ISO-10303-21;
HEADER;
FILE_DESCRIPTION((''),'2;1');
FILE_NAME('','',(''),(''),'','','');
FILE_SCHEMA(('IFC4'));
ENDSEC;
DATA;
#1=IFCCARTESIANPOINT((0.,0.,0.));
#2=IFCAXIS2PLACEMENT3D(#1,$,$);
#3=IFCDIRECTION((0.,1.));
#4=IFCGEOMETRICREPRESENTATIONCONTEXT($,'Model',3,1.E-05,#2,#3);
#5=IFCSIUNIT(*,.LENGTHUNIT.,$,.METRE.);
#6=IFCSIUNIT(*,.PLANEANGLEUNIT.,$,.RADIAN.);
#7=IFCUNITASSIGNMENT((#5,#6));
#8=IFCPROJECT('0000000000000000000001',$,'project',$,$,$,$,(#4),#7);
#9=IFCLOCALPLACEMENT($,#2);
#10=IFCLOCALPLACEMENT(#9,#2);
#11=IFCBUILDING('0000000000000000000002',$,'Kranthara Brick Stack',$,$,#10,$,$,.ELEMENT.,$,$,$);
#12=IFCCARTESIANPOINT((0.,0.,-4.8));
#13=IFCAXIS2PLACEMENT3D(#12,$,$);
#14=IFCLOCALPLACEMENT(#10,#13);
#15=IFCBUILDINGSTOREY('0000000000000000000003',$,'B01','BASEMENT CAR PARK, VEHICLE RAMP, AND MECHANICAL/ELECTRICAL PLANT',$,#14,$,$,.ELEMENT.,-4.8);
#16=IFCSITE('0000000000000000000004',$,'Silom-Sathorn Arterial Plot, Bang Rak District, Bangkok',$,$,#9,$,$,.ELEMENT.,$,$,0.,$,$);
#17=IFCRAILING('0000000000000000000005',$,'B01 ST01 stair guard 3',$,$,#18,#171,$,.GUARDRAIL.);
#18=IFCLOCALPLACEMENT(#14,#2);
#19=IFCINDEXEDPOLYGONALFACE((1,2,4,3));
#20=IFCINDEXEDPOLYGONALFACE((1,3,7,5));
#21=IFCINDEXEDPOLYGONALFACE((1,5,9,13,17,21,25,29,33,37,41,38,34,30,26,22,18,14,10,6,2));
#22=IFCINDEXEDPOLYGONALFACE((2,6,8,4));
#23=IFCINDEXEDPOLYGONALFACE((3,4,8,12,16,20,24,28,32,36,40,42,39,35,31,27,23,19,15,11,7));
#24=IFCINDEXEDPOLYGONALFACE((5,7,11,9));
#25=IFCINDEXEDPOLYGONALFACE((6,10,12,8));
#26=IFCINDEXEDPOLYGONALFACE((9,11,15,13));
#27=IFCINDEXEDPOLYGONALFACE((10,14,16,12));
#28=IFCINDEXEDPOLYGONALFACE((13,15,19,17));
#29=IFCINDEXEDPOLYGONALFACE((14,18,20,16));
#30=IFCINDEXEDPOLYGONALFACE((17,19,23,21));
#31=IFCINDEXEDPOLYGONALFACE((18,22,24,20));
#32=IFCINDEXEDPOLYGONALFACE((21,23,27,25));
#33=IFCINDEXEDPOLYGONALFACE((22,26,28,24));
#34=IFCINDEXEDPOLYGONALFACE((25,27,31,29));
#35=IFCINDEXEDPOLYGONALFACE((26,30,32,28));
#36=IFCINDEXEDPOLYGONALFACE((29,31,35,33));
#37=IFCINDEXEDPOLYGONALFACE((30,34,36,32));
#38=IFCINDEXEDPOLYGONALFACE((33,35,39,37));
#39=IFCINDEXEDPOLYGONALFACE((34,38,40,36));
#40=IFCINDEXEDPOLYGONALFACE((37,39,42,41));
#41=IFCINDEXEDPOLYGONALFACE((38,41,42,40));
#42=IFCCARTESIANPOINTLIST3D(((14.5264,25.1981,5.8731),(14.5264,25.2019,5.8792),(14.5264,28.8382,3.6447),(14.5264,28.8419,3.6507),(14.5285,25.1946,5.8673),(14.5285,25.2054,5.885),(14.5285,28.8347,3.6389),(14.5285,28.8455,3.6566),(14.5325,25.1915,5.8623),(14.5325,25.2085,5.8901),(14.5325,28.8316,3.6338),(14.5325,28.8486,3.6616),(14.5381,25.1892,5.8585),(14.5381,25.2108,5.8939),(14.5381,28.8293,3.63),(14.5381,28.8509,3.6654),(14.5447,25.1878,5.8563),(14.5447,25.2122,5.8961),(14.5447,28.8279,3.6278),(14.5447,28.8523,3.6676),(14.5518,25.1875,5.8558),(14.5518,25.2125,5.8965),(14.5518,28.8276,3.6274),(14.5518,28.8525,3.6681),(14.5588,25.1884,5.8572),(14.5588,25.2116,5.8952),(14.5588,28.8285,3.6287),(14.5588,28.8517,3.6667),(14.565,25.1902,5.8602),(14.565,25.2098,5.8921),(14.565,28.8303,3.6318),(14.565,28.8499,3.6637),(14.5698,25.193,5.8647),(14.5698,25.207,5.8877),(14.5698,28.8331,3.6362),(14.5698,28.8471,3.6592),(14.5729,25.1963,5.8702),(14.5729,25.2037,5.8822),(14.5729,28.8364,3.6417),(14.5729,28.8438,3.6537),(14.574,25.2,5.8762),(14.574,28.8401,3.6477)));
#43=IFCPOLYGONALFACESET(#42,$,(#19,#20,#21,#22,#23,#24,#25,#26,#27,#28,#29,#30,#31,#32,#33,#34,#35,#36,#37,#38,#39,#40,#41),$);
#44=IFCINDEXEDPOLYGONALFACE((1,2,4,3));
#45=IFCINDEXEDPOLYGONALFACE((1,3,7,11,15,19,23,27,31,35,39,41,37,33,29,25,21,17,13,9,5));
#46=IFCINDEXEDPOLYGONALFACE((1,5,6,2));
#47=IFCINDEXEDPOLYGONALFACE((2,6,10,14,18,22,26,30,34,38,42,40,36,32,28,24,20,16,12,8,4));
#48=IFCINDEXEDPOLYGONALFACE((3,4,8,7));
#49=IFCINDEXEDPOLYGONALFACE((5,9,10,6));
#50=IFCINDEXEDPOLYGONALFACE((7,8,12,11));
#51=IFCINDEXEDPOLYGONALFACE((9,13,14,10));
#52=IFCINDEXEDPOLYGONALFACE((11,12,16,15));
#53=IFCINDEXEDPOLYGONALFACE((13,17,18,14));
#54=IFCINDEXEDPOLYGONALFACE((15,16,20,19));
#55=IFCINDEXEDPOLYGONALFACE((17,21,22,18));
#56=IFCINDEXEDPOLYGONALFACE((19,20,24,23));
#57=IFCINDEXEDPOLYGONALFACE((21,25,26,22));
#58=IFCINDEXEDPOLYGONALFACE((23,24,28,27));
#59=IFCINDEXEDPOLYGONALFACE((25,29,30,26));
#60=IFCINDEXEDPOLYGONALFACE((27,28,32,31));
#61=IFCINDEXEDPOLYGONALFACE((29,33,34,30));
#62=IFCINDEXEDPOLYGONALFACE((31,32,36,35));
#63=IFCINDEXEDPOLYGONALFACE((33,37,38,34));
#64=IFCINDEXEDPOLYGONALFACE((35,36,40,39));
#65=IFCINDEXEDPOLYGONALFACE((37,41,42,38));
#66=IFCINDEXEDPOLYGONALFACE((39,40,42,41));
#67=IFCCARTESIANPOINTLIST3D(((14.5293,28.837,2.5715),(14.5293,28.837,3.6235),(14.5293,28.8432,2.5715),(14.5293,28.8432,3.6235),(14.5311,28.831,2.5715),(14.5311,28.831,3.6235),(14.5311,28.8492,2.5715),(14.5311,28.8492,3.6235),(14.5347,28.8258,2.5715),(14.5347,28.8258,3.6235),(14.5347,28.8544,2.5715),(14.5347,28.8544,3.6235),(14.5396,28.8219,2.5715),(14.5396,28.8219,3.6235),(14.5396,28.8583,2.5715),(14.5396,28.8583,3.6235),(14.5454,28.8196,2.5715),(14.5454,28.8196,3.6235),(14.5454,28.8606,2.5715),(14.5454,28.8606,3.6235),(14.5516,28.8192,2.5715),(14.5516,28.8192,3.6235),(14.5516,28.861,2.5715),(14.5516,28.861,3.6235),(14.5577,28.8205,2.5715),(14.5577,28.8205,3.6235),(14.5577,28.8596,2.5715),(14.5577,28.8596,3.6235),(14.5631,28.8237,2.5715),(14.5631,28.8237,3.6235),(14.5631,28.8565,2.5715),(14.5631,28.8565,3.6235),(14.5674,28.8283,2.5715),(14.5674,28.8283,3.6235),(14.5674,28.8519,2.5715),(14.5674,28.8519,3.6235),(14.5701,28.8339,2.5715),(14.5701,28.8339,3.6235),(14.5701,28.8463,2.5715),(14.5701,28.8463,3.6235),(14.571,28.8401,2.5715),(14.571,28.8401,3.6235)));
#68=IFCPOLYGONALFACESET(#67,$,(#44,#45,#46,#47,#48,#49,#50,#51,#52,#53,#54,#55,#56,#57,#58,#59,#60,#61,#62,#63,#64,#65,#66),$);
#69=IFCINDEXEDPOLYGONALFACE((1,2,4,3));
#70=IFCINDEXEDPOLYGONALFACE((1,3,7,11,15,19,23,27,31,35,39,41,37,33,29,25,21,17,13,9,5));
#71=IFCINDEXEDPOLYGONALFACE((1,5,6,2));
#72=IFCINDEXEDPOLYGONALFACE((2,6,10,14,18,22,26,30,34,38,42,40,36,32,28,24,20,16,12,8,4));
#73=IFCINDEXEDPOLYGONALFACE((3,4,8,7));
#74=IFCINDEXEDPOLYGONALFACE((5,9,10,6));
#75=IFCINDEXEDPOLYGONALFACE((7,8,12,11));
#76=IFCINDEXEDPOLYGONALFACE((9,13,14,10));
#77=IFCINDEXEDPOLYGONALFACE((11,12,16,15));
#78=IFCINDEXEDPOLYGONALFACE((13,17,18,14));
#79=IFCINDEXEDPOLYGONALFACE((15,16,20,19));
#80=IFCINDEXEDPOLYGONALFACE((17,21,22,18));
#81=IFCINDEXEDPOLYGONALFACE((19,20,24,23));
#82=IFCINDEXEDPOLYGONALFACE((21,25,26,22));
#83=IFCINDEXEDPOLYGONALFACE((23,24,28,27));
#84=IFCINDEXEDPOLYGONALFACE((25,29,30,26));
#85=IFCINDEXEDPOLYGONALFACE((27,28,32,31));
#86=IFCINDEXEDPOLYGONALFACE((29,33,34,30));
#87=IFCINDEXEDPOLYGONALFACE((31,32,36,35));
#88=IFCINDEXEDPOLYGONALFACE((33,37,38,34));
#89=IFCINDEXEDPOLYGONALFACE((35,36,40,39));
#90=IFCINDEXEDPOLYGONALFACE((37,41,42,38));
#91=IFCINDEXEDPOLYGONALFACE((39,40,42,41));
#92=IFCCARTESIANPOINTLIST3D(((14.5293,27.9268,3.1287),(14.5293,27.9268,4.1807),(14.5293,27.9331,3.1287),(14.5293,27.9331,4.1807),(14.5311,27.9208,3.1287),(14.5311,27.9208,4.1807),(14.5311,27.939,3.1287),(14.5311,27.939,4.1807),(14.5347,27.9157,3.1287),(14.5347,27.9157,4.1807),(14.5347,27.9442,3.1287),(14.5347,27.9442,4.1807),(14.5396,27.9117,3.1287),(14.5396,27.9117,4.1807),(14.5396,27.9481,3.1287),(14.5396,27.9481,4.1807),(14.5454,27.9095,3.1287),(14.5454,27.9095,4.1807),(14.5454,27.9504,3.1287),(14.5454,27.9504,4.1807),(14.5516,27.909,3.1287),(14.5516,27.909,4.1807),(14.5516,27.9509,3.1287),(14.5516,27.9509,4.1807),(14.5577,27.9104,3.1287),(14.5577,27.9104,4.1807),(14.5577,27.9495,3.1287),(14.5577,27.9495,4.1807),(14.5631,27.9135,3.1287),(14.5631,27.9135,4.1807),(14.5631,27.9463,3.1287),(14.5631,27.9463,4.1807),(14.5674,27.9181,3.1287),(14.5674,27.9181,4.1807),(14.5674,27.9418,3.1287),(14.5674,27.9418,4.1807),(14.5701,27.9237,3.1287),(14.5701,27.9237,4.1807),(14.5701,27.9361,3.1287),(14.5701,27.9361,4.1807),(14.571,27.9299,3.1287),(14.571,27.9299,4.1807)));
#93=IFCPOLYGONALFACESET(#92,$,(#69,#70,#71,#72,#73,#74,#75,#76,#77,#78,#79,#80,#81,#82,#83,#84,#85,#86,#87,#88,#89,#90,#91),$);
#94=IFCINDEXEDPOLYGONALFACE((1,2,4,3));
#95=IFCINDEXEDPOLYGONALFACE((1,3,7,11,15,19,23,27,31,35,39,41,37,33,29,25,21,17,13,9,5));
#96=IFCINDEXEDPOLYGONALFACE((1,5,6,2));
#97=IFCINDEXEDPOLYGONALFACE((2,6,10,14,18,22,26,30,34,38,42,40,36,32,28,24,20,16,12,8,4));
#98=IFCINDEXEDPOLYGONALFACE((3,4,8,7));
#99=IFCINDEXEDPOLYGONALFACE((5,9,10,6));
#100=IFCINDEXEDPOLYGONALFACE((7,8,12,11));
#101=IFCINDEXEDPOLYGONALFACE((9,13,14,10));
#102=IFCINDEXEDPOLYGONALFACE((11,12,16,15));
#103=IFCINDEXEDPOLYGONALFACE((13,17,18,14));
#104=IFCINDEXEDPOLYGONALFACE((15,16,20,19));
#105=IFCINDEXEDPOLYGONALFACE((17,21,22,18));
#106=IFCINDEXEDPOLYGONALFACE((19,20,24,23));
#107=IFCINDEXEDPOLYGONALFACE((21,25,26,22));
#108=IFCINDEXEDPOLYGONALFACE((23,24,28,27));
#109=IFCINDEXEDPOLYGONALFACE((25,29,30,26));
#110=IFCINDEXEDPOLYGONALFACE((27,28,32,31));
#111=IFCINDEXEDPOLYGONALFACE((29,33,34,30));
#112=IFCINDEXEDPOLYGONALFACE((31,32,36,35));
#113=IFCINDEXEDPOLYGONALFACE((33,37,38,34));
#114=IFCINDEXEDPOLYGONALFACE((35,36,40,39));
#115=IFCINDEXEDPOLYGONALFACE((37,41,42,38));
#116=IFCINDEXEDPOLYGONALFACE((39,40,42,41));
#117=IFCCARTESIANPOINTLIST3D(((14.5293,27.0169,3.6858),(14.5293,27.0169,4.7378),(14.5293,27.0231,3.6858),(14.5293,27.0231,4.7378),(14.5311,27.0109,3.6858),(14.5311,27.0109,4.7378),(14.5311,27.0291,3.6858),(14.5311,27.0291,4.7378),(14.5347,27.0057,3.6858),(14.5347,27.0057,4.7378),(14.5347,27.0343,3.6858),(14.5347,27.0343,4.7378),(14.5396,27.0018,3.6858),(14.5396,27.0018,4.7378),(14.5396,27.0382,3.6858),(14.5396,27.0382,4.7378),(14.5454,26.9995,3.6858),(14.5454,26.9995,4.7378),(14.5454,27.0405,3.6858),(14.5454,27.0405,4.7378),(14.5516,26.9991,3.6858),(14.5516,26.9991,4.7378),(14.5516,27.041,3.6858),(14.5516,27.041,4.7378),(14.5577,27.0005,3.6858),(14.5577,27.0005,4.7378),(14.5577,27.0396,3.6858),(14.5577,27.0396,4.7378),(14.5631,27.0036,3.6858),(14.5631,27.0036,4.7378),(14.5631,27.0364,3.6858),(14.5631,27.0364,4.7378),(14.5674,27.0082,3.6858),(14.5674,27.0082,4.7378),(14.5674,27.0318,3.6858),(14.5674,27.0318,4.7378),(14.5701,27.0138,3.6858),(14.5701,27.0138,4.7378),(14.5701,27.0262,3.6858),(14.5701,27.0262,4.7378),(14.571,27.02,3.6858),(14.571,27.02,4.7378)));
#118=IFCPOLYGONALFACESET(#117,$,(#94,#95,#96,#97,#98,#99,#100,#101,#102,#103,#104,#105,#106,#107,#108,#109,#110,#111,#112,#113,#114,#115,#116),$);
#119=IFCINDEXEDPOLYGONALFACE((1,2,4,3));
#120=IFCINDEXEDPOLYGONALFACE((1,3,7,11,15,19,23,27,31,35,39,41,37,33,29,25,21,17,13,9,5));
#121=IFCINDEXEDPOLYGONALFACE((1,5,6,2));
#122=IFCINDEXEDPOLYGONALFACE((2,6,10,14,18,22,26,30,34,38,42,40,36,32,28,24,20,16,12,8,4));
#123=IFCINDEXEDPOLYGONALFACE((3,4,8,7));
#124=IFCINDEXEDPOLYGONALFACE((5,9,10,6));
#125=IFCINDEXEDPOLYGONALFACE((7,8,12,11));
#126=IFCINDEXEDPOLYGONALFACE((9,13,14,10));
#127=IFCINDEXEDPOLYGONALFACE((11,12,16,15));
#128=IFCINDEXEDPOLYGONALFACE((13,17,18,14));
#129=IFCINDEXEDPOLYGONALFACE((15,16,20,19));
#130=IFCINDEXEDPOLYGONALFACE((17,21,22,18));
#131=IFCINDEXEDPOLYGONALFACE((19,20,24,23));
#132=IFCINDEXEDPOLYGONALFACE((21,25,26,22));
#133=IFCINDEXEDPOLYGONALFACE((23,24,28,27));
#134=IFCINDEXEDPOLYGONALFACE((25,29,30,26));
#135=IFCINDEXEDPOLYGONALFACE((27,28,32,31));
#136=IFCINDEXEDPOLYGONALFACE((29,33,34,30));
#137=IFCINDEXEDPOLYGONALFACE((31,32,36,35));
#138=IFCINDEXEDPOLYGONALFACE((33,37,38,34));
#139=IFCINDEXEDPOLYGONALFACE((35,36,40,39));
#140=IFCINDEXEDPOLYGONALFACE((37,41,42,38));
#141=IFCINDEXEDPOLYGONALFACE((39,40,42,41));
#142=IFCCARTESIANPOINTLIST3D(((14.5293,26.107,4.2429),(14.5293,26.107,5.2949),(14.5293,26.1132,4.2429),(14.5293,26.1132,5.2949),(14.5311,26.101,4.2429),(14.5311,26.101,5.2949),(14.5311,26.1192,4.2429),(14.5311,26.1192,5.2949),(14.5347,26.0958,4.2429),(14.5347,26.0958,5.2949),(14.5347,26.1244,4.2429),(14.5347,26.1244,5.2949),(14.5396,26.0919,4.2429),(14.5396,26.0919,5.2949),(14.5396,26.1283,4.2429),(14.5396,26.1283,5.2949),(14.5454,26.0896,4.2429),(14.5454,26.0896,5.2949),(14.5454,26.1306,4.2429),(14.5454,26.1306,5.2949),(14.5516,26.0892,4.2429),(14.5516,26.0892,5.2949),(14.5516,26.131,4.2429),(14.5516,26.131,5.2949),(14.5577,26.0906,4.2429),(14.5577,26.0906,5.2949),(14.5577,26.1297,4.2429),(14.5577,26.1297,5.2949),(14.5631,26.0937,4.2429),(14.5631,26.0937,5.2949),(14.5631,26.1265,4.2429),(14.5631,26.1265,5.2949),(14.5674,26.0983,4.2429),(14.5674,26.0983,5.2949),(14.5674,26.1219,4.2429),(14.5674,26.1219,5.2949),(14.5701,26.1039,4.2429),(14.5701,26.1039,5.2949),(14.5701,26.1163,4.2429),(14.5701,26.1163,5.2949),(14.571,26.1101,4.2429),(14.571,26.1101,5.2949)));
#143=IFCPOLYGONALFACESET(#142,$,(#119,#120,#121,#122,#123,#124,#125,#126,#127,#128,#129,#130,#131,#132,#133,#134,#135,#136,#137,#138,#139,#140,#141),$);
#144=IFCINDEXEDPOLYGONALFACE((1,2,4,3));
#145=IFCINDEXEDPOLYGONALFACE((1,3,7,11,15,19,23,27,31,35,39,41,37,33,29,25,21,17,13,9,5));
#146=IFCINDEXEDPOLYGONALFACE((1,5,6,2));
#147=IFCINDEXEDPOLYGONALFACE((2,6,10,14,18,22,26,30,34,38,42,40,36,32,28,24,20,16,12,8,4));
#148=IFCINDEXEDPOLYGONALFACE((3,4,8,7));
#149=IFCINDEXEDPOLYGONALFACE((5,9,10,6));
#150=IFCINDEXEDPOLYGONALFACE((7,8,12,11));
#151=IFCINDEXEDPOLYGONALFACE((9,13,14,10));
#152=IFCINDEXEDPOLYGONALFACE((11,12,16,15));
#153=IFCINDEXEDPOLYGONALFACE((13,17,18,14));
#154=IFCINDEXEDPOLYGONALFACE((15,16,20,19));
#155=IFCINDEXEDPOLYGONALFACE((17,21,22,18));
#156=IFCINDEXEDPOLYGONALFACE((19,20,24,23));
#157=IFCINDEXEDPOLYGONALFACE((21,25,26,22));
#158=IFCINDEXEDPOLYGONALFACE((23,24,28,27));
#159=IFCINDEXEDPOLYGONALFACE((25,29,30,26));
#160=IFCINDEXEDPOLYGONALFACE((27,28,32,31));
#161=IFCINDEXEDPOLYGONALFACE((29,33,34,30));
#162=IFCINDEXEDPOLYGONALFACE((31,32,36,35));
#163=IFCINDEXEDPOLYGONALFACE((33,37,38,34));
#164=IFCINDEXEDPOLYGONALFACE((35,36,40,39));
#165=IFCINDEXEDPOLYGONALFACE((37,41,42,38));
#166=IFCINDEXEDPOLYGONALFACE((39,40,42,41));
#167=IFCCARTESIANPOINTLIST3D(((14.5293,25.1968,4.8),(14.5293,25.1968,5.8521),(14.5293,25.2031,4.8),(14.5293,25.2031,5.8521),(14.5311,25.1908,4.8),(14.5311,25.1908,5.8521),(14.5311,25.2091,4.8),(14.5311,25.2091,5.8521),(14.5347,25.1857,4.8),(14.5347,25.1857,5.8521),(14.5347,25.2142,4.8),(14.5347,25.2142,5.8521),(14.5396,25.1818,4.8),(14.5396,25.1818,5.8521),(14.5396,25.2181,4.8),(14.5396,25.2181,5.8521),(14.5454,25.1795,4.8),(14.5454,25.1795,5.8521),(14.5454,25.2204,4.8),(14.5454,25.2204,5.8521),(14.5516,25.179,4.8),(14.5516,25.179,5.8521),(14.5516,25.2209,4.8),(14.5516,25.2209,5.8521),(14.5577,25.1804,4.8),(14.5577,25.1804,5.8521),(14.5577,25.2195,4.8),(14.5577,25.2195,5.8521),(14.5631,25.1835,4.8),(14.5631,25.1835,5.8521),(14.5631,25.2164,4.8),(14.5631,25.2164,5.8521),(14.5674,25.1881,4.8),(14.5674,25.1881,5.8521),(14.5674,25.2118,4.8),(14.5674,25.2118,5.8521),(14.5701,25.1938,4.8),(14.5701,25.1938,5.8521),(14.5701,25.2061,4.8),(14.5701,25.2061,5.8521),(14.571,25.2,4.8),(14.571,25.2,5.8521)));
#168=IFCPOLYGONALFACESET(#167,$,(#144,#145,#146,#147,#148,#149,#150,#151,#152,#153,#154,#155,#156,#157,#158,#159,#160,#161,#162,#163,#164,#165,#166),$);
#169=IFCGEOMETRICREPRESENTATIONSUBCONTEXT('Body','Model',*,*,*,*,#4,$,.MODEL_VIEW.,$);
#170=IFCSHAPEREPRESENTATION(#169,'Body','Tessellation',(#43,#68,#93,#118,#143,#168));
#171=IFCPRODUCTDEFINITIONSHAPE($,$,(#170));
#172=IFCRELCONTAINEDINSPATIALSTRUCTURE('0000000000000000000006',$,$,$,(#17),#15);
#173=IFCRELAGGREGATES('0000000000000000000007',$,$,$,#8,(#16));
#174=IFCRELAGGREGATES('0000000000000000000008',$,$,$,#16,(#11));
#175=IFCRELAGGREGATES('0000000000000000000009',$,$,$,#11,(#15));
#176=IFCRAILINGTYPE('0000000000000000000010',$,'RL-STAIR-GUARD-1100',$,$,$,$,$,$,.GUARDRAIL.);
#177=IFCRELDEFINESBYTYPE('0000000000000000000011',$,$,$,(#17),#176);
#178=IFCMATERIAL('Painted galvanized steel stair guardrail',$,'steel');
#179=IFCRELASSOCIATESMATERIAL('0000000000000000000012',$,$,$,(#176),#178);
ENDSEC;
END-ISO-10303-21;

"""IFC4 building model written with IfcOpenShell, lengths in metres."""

from ifc_helpers import new_model, si_unit, direction, frame, origin, origin_2d, place, context, subcontext, project, spatial, circle, extrude, material, type_object, element, save


model = new_model("IFC4")

# Units and contexts
model_context = context("Model", 3, precision=1e-05, world=origin(), true_north=direction((0.0, 1.0)))
body_context = subcontext(model_context, "Body", "Model", "MODEL_VIEW")
ifc_project = project(units=[si_unit("LENGTHUNIT", "METRE"), si_unit("PLANEANGLEUNIT", "RADIAN")], contexts=[model_context])

# Site, building, storey
site_placement = place(None, origin())
site = spatial("IfcSite", under=ifc_project, at=site_placement, Name="Silom-Sathorn Arterial Plot, Bang Rak District, Bangkok", CompositionType="ELEMENT", RefElevation=0.0)
building_placement = place(site_placement, origin())
building = spatial("IfcBuilding", under=site, at=building_placement, Name="Kranthara Brick Stack", CompositionType="ELEMENT")
storey_placement = place(building_placement, frame((0.0, 0.0, -4.8)))
storey = spatial("IfcBuildingStorey", under=building, at=storey_placement, Name="B01", Description="BASEMENT CAR PARK, VEHICLE RAMP, AND MECHANICAL/ELECTRICAL PLANT", CompositionType="ELEMENT", Elevation=-4.8)

# Railing
ifc_material_1 = material(Name="Painted galvanized steel stair guardrail", Category="steel")
railing_type_1 = type_object("IfcRailingType", Name="RL-STAIR-GUARD-1100", PredefinedType="GUARDRAIL", material=ifc_material_1)
railing_1_placement = place(storey_placement, frame((14.55, 28.8401, 2.5715)))
element("IfcRailing", 1, at=railing_1_placement, inside=storey, type_object=railing_type_1, Name="B01 ST01 stair guard 3", PredefinedType="GUARDRAIL", context=body_context, shape_type="SweptSolid", body=[
    extrude(circle(Radius=0.0239, at=origin_2d()), frame((0.0, 0.0, 1.0762), z_axis=(0.0, -0.852866, 0.52213), x_axis=(1.0, 0.0, 0.0)), (0.0, 0.0, 1.0), 4.2681),
    extrude(circle(Radius=0.021, at=origin_2d()), origin(), (0.0, 0.0, 1.0), 1.052),
    extrude(circle(Radius=0.021, at=origin_2d()), frame((0.0, -0.9102, 0.5571)), (0.0, 0.0, 1.0), 1.052),
    extrude(circle(Radius=0.021, at=origin_2d()), frame((0.0, -1.8201, 1.1143)), (0.0, 0.0, 1.0), 1.052),
    extrude(circle(Radius=0.021, at=origin_2d()), frame((0.0, -2.73, 1.6714)), (0.0, 0.0, 1.0), 1.052),
    extrude(circle(Radius=0.021, at=origin_2d()), frame((0.0, -3.6401, 2.2285)), (0.0, 0.0, 1.0), 1.052),
])

save(model, "model.ifc")
